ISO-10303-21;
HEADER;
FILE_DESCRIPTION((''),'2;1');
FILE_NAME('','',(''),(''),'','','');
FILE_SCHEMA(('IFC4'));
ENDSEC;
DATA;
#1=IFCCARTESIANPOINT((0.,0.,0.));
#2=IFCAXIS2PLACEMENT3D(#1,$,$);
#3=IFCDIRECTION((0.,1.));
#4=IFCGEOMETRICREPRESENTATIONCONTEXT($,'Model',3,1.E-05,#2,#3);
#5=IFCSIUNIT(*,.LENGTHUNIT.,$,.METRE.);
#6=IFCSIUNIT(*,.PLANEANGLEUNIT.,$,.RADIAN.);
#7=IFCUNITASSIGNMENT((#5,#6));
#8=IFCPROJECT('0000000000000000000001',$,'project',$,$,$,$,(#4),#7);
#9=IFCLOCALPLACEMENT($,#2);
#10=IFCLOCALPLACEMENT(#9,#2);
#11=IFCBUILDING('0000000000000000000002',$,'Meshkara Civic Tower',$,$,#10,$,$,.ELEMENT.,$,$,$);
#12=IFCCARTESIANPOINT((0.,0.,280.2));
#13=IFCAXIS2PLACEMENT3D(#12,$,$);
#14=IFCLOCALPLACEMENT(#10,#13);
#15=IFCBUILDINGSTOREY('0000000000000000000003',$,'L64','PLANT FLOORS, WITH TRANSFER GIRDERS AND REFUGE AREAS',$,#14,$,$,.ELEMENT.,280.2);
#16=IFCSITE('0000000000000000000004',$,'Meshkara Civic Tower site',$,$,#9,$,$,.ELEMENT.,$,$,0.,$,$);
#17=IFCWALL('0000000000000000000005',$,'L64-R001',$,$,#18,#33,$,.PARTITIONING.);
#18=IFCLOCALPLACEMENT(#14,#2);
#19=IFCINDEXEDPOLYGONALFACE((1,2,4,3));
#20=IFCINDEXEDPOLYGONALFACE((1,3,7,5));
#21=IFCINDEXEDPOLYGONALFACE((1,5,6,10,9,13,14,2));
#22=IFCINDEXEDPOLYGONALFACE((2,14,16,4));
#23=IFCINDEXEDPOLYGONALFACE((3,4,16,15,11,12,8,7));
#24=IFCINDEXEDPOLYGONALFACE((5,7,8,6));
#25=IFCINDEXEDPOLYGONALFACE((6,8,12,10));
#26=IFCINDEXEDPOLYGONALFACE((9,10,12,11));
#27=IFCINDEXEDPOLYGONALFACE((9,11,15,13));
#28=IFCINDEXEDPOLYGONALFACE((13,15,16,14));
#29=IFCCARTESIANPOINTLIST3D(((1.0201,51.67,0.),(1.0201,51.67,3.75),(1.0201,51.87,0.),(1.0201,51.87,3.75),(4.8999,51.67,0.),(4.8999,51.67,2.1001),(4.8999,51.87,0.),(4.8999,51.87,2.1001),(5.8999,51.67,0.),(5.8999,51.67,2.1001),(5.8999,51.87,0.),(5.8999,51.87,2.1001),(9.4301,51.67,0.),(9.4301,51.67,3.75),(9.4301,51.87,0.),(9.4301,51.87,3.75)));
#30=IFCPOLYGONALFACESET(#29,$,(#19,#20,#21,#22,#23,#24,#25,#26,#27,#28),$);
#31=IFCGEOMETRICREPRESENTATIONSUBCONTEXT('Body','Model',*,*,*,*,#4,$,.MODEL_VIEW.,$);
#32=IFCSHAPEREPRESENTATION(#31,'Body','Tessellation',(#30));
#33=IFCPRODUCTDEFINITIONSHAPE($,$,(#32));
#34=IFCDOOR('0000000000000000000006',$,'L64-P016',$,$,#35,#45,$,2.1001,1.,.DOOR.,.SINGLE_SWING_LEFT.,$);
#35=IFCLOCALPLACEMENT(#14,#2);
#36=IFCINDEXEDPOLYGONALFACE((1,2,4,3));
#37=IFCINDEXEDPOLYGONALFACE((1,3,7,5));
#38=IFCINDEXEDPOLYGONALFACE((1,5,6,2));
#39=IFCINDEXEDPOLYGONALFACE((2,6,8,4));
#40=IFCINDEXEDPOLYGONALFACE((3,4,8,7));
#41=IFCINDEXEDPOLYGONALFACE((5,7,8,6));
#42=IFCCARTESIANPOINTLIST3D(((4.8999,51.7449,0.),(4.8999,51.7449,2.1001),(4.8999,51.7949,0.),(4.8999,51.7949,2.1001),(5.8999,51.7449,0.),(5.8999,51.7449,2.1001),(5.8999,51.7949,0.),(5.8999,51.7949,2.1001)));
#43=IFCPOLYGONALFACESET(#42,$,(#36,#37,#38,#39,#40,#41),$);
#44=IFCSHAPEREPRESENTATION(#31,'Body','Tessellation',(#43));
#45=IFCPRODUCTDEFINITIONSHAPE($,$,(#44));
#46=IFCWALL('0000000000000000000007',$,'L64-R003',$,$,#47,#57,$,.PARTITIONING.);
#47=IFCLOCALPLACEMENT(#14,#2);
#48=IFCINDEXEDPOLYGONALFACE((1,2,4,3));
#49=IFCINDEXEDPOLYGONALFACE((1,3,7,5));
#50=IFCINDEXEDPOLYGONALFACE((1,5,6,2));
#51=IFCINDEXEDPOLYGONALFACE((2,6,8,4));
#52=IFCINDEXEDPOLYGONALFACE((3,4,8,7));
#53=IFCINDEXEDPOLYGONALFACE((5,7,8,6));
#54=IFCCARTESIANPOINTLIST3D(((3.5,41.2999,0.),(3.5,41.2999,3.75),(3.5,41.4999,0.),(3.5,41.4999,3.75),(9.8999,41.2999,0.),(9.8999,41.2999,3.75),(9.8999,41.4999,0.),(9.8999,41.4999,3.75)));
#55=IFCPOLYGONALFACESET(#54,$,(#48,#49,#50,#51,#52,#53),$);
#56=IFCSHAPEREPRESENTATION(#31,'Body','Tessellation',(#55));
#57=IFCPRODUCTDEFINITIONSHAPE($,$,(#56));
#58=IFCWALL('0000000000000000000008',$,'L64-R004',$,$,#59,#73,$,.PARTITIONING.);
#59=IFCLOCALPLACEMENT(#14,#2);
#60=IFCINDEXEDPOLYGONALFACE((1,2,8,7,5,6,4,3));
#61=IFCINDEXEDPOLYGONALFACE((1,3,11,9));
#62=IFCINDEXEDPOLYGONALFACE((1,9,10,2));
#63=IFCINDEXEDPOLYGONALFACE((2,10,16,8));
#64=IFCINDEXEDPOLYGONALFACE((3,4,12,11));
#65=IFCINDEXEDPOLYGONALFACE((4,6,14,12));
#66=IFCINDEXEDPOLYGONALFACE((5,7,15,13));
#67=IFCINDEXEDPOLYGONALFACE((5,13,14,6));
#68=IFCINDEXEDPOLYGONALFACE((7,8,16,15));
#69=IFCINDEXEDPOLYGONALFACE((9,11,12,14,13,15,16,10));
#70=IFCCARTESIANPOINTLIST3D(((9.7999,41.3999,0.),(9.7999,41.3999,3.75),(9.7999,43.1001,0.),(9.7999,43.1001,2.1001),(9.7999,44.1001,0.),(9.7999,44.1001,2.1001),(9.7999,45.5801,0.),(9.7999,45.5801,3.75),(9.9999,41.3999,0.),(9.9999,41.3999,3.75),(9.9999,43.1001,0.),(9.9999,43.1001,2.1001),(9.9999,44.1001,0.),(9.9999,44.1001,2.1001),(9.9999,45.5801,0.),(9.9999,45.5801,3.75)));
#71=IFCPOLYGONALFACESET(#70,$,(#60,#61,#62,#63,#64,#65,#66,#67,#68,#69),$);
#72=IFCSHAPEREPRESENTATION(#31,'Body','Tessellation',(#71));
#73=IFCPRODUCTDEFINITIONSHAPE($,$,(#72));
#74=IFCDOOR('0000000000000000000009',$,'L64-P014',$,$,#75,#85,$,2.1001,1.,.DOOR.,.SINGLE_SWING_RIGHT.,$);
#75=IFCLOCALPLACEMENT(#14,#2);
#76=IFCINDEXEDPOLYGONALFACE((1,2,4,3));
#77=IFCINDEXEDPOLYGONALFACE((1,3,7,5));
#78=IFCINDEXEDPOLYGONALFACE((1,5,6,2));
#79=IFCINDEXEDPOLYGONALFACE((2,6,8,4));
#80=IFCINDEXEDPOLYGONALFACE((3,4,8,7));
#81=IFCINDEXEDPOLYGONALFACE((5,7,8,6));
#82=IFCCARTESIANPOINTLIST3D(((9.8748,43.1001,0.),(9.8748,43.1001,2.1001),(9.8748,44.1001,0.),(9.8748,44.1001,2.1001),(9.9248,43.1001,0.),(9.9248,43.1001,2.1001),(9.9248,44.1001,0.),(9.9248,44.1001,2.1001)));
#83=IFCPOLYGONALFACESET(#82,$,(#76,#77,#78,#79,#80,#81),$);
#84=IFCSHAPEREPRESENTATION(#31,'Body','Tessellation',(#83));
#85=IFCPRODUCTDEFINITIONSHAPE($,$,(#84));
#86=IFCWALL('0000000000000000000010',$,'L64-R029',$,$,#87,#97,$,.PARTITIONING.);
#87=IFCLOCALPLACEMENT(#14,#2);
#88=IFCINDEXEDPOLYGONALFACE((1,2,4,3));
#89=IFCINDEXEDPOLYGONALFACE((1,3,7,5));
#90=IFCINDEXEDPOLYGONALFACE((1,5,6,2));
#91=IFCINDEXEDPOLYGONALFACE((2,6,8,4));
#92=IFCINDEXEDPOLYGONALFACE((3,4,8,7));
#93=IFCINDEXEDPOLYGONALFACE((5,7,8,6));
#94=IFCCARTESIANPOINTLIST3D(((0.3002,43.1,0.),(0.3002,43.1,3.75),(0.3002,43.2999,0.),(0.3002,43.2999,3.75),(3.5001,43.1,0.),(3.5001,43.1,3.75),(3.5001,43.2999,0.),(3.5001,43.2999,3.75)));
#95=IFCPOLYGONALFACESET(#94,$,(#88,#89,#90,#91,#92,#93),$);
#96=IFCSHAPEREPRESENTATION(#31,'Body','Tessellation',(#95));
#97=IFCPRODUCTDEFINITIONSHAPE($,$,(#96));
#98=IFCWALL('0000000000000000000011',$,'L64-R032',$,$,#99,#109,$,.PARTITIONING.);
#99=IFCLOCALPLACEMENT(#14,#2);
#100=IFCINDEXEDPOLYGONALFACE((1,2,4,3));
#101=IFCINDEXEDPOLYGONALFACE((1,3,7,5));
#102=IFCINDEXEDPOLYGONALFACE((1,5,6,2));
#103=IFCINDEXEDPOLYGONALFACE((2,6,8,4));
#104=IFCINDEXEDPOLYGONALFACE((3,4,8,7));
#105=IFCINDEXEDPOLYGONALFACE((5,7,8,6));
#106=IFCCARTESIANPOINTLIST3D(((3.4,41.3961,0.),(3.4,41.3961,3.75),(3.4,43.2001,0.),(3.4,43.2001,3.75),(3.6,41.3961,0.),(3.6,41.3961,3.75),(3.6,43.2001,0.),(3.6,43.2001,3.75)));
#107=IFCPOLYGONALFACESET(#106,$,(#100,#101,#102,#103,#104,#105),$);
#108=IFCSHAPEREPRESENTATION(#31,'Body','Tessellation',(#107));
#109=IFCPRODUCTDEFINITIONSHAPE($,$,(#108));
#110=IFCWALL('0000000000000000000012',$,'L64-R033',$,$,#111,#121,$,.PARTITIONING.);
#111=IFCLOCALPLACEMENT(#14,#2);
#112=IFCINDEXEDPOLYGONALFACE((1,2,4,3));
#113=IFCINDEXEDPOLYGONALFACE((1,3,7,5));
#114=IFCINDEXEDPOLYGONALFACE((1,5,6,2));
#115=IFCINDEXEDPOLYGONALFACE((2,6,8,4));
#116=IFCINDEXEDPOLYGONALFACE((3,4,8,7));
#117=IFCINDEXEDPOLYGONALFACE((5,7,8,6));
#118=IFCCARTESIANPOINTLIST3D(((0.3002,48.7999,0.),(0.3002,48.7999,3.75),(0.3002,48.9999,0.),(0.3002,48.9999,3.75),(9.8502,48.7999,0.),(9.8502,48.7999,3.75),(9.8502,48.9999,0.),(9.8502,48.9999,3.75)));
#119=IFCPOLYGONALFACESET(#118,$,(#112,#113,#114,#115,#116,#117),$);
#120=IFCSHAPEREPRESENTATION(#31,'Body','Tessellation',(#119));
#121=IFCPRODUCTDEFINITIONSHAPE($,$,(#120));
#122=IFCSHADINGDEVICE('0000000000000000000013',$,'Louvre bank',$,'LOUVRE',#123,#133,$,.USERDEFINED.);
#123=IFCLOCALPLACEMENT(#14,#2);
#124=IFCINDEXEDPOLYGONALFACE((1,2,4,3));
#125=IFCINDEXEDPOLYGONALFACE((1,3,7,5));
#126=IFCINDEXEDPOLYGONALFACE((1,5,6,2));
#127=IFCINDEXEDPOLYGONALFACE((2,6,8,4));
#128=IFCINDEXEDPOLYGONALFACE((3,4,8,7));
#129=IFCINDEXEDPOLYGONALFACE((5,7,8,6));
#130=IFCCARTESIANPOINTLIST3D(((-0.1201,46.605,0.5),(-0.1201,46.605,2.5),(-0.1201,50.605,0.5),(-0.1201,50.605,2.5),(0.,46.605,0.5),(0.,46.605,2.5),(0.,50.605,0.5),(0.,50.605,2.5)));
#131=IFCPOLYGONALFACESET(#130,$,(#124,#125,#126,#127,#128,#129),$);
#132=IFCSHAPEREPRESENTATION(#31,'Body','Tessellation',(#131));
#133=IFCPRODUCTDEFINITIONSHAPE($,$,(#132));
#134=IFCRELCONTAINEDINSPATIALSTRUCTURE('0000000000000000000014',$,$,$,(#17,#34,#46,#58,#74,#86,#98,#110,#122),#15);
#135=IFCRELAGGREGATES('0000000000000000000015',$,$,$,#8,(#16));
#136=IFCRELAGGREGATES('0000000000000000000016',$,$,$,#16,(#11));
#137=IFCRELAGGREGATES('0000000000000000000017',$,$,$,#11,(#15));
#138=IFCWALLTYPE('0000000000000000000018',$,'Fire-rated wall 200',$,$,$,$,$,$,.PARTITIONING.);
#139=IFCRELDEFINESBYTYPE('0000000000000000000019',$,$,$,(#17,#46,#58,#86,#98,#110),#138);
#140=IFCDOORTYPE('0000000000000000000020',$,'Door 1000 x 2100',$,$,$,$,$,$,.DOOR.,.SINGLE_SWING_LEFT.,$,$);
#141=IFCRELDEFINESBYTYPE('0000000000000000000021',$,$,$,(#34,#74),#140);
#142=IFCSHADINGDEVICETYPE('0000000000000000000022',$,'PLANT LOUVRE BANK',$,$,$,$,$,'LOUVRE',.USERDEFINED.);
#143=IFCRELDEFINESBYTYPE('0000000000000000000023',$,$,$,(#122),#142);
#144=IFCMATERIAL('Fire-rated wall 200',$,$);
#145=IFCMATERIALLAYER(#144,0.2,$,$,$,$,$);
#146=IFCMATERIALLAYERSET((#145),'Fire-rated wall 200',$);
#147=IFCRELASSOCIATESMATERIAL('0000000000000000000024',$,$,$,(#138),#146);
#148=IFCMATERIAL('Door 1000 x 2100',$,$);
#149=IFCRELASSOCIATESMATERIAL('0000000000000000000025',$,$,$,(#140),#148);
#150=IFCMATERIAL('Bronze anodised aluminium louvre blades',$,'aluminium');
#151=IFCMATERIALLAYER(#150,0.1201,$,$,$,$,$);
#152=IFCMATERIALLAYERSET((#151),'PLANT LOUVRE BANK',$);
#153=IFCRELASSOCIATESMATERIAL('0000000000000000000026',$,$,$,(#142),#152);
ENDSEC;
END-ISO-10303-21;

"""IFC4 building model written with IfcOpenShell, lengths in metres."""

from ifc_helpers import new_model, si_unit, direction, frame, frame_2d, origin, origin_2d, place, context, subcontext, project, spatial, rectangle, extrude, material, layer, layer_set, type_object, element, fill, save


model = new_model("IFC4")

# Units and contexts
model_context = context("Model", 3, precision=1e-05, world=origin(), true_north=direction((0.0, 1.0)))
body_context = subcontext(model_context, "Body", "Model", "MODEL_VIEW")
ifc_project = project(units=[si_unit("LENGTHUNIT", "METRE"), si_unit("PLANEANGLEUNIT", "RADIAN")], contexts=[model_context])

# Site, building, storey
site_placement = place(None, origin())
site = spatial("IfcSite", under=ifc_project, at=site_placement, Name="Meshkara Civic Tower site", CompositionType="ELEMENT", RefElevation=0.0)
building_placement = place(site_placement, origin())
building = spatial("IfcBuilding", under=site, at=building_placement, Name="Meshkara Civic Tower", CompositionType="ELEMENT")
storey_placement = place(building_placement, frame((0.0, 0.0, 280.2)))
storey = spatial("IfcBuildingStorey", under=building, at=storey_placement, Name="L64", Description="PLANT FLOORS, WITH TRANSFER GIRDERS AND REFUGE AREAS", CompositionType="ELEMENT", Elevation=280.2)

# Wall, opening, door
ifc_material_1 = material(Name="Fire-rated wall 200")
ifc_layer_1 = layer(ifc_material_1, 0.2)
ifc_layer_set_1 = layer_set([ifc_layer_1], Name="Fire-rated wall 200")
wall_type_1 = type_object("IfcWallType", Name="Fire-rated wall 200", PredefinedType="PARTITIONING", material=ifc_layer_set_1)
wall_1_placement = place(storey_placement, frame((1.02, 51.77, 0.0), z_axis=(0.0, 0.0, 1.0), x_axis=(1.0, 0.0, 0.0)))
wall_1 = element("IfcWall", 1, at=wall_1_placement, inside=storey, type_object=wall_type_1, Name="L64-R001", PredefinedType="PARTITIONING", context=body_context, shape_type="SweptSolid", body=[
    extrude(rectangle(XDim=8.4099, YDim=0.2, at=frame_2d((4.2051, 0.0))), origin(), (0.0, 0.0, 1.0), 3.75),
])
opening_1_placement = place(wall_1_placement, frame((3.8799, 0.0, 0.0)))
opening_1 = element("IfcOpeningElement", 2, at=opening_1_placement, cuts=wall_1, PredefinedType="OPENING", context=body_context, shape_type="SweptSolid", body=[
    extrude(rectangle(XDim=1.0, YDim=2.1001, at=frame_2d((0.5, 1.05))), frame((0.0, 0.1099, 0.0), z_axis=(0.0, -1.0, 0.0), x_axis=(1.0, 0.0, 0.0)), (0.0, 0.0, 1.0), 0.22),
])
ifc_material_2 = material(Name="Door 1000 x 2100")
door_type_1 = type_object("IfcDoorType", Name="Door 1000 x 2100", OperationType="SINGLE_SWING_LEFT", PredefinedType="DOOR", material=ifc_material_2)
door_1_placement = place(opening_1_placement, origin())
door_1 = element("IfcDoor", 3, at=door_1_placement, inside=storey, type_object=door_type_1, Name="L64-P016", OperationType="SINGLE_SWING_LEFT", OverallHeight=2.1001, OverallWidth=1.0, PredefinedType="DOOR", context=body_context, shape_type="SweptSolid", body=[
    extrude(rectangle(XDim=1.0, YDim=2.1001, at=frame_2d((0.5, 1.05))), frame((0.0, 0.0249, 0.0), z_axis=(0.0, -1.0, 0.0), x_axis=(1.0, 0.0, 0.0)), (0.0, 0.0, 1.0), 0.05),
])
fill(opening_1, door_1)

# Wall
wall_2_placement = place(storey_placement, frame((9.8999, 41.3999, 0.0), z_axis=(0.0, 0.0, 1.0), x_axis=(-1.0, 0.0, 0.0)))
element("IfcWall", 4, at=wall_2_placement, inside=storey, type_object=wall_type_1, Name="L64-R003", PredefinedType="PARTITIONING", context=body_context, shape_type="SweptSolid", body=[
    extrude(rectangle(XDim=6.3999, YDim=0.2, at=frame_2d((3.2, 0.0))), origin(), (0.0, 0.0, 1.0), 3.75),
])

# Wall, opening, door
wall_3_placement = place(storey_placement, frame((9.8999, 45.5801, 0.0), z_axis=(0.0, 0.0, 1.0), x_axis=(0.0, -1.0, 0.0)))
wall_3 = element("IfcWall", 5, at=wall_3_placement, inside=storey, type_object=wall_type_1, Name="L64-R004", PredefinedType="PARTITIONING", context=body_context, shape_type="SweptSolid", body=[
    extrude(rectangle(XDim=4.1802, YDim=0.2, at=frame_2d((2.0901, 0.0))), origin(), (0.0, 0.0, 1.0), 3.75),
])
opening_2_placement = place(wall_3_placement, frame((1.48, 0.0, 0.0)))
opening_2 = element("IfcOpeningElement", 6, at=opening_2_placement, cuts=wall_3, PredefinedType="OPENING", context=body_context, shape_type="SweptSolid", body=[
    extrude(rectangle(XDim=1.0, YDim=2.1001, at=frame_2d((0.5, 1.05))), frame((0.0, 0.1099, 0.0), z_axis=(0.0, -1.0, 0.0), x_axis=(1.0, 0.0, 0.0)), (0.0, 0.0, 1.0), 0.22),
])
door_2_placement = place(opening_2_placement, origin())
door_2 = element("IfcDoor", 7, at=door_2_placement, inside=storey, type_object=door_type_1, Name="L64-P014", OperationType="SINGLE_SWING_RIGHT", OverallHeight=2.1001, OverallWidth=1.0, PredefinedType="DOOR", context=body_context, shape_type="SweptSolid", body=[
    extrude(rectangle(XDim=1.0, YDim=2.1001, at=frame_2d((0.5, 1.05))), frame((0.0, 0.0249, 0.0), z_axis=(0.0, -1.0, 0.0), x_axis=(1.0, 0.0, 0.0)), (0.0, 0.0, 1.0), 0.05),
])
fill(opening_2, door_2)

# Walls
wall_4_placement = place(storey_placement, frame((0.3, 43.2, 0.0), z_axis=(0.0, 0.0, 1.0), x_axis=(1.0, 0.0, 0.0)))
element("IfcWall", 8, at=wall_4_placement, inside=storey, type_object=wall_type_1, Name="L64-R029", PredefinedType="PARTITIONING", context=body_context, shape_type="SweptSolid", body=[
    extrude(rectangle(XDim=3.2, YDim=0.2, at=frame_2d((1.6001, 0.0))), origin(), (0.0, 0.0, 1.0), 3.75),
])
wall_5_placement = place(storey_placement, frame((3.5, 43.2, 0.0), z_axis=(0.0, 0.0, 1.0), x_axis=(0.0, -1.0, 0.0)))
element("IfcWall", 9, at=wall_5_placement, inside=storey, type_object=wall_type_1, Name="L64-R032", PredefinedType="PARTITIONING", context=body_context, shape_type="SweptSolid", body=[
    extrude(rectangle(XDim=1.804, YDim=0.2, at=frame_2d((0.9019, 0.0))), origin(), (0.0, 0.0, 1.0), 3.75),
])
wall_6_placement = place(storey_placement, frame((9.8501, 48.8999, 0.0), z_axis=(0.0, 0.0, 1.0), x_axis=(-1.0, 0.0, 0.0)))
element("IfcWall", 10, at=wall_6_placement, inside=storey, type_object=wall_type_1, Name="L64-R033", PredefinedType="PARTITIONING", context=body_context, shape_type="SweptSolid", body=[
    extrude(rectangle(XDim=9.55, YDim=0.2, at=frame_2d((4.7749, 0.0))), origin(), (0.0, 0.0, 1.0), 3.75),
])

# Shading device
ifc_material_3 = material(Name="Bronze anodised aluminium louvre blades", Category="aluminium")
ifc_layer_2 = layer(ifc_material_3, 0.1201)
ifc_layer_set_2 = layer_set([ifc_layer_2], Name="PLANT LOUVRE BANK")
shading_device_type = type_object("IfcShadingDeviceType", Name="PLANT LOUVRE BANK", ElementType="LOUVRE", PredefinedType="USERDEFINED", material=ifc_layer_set_2)
shading_device_placement = place(storey_placement, frame((-0.0601, 48.605, 0.5), z_axis=(0.0, 0.0, 1.0), x_axis=(0.0, -1.0, 0.0)))
element("IfcShadingDevice", 11, at=shading_device_placement, inside=storey, type_object=shading_device_type, Name="Louvre bank", ObjectType="LOUVRE", PredefinedType="USERDEFINED", context=body_context, shape_type="SweptSolid", body=[
    extrude(rectangle(XDim=4.0, YDim=0.1201, at=origin_2d()), origin(), (0.0, 0.0, 1.0), 2.0),
])

save(model, "model.ifc")
